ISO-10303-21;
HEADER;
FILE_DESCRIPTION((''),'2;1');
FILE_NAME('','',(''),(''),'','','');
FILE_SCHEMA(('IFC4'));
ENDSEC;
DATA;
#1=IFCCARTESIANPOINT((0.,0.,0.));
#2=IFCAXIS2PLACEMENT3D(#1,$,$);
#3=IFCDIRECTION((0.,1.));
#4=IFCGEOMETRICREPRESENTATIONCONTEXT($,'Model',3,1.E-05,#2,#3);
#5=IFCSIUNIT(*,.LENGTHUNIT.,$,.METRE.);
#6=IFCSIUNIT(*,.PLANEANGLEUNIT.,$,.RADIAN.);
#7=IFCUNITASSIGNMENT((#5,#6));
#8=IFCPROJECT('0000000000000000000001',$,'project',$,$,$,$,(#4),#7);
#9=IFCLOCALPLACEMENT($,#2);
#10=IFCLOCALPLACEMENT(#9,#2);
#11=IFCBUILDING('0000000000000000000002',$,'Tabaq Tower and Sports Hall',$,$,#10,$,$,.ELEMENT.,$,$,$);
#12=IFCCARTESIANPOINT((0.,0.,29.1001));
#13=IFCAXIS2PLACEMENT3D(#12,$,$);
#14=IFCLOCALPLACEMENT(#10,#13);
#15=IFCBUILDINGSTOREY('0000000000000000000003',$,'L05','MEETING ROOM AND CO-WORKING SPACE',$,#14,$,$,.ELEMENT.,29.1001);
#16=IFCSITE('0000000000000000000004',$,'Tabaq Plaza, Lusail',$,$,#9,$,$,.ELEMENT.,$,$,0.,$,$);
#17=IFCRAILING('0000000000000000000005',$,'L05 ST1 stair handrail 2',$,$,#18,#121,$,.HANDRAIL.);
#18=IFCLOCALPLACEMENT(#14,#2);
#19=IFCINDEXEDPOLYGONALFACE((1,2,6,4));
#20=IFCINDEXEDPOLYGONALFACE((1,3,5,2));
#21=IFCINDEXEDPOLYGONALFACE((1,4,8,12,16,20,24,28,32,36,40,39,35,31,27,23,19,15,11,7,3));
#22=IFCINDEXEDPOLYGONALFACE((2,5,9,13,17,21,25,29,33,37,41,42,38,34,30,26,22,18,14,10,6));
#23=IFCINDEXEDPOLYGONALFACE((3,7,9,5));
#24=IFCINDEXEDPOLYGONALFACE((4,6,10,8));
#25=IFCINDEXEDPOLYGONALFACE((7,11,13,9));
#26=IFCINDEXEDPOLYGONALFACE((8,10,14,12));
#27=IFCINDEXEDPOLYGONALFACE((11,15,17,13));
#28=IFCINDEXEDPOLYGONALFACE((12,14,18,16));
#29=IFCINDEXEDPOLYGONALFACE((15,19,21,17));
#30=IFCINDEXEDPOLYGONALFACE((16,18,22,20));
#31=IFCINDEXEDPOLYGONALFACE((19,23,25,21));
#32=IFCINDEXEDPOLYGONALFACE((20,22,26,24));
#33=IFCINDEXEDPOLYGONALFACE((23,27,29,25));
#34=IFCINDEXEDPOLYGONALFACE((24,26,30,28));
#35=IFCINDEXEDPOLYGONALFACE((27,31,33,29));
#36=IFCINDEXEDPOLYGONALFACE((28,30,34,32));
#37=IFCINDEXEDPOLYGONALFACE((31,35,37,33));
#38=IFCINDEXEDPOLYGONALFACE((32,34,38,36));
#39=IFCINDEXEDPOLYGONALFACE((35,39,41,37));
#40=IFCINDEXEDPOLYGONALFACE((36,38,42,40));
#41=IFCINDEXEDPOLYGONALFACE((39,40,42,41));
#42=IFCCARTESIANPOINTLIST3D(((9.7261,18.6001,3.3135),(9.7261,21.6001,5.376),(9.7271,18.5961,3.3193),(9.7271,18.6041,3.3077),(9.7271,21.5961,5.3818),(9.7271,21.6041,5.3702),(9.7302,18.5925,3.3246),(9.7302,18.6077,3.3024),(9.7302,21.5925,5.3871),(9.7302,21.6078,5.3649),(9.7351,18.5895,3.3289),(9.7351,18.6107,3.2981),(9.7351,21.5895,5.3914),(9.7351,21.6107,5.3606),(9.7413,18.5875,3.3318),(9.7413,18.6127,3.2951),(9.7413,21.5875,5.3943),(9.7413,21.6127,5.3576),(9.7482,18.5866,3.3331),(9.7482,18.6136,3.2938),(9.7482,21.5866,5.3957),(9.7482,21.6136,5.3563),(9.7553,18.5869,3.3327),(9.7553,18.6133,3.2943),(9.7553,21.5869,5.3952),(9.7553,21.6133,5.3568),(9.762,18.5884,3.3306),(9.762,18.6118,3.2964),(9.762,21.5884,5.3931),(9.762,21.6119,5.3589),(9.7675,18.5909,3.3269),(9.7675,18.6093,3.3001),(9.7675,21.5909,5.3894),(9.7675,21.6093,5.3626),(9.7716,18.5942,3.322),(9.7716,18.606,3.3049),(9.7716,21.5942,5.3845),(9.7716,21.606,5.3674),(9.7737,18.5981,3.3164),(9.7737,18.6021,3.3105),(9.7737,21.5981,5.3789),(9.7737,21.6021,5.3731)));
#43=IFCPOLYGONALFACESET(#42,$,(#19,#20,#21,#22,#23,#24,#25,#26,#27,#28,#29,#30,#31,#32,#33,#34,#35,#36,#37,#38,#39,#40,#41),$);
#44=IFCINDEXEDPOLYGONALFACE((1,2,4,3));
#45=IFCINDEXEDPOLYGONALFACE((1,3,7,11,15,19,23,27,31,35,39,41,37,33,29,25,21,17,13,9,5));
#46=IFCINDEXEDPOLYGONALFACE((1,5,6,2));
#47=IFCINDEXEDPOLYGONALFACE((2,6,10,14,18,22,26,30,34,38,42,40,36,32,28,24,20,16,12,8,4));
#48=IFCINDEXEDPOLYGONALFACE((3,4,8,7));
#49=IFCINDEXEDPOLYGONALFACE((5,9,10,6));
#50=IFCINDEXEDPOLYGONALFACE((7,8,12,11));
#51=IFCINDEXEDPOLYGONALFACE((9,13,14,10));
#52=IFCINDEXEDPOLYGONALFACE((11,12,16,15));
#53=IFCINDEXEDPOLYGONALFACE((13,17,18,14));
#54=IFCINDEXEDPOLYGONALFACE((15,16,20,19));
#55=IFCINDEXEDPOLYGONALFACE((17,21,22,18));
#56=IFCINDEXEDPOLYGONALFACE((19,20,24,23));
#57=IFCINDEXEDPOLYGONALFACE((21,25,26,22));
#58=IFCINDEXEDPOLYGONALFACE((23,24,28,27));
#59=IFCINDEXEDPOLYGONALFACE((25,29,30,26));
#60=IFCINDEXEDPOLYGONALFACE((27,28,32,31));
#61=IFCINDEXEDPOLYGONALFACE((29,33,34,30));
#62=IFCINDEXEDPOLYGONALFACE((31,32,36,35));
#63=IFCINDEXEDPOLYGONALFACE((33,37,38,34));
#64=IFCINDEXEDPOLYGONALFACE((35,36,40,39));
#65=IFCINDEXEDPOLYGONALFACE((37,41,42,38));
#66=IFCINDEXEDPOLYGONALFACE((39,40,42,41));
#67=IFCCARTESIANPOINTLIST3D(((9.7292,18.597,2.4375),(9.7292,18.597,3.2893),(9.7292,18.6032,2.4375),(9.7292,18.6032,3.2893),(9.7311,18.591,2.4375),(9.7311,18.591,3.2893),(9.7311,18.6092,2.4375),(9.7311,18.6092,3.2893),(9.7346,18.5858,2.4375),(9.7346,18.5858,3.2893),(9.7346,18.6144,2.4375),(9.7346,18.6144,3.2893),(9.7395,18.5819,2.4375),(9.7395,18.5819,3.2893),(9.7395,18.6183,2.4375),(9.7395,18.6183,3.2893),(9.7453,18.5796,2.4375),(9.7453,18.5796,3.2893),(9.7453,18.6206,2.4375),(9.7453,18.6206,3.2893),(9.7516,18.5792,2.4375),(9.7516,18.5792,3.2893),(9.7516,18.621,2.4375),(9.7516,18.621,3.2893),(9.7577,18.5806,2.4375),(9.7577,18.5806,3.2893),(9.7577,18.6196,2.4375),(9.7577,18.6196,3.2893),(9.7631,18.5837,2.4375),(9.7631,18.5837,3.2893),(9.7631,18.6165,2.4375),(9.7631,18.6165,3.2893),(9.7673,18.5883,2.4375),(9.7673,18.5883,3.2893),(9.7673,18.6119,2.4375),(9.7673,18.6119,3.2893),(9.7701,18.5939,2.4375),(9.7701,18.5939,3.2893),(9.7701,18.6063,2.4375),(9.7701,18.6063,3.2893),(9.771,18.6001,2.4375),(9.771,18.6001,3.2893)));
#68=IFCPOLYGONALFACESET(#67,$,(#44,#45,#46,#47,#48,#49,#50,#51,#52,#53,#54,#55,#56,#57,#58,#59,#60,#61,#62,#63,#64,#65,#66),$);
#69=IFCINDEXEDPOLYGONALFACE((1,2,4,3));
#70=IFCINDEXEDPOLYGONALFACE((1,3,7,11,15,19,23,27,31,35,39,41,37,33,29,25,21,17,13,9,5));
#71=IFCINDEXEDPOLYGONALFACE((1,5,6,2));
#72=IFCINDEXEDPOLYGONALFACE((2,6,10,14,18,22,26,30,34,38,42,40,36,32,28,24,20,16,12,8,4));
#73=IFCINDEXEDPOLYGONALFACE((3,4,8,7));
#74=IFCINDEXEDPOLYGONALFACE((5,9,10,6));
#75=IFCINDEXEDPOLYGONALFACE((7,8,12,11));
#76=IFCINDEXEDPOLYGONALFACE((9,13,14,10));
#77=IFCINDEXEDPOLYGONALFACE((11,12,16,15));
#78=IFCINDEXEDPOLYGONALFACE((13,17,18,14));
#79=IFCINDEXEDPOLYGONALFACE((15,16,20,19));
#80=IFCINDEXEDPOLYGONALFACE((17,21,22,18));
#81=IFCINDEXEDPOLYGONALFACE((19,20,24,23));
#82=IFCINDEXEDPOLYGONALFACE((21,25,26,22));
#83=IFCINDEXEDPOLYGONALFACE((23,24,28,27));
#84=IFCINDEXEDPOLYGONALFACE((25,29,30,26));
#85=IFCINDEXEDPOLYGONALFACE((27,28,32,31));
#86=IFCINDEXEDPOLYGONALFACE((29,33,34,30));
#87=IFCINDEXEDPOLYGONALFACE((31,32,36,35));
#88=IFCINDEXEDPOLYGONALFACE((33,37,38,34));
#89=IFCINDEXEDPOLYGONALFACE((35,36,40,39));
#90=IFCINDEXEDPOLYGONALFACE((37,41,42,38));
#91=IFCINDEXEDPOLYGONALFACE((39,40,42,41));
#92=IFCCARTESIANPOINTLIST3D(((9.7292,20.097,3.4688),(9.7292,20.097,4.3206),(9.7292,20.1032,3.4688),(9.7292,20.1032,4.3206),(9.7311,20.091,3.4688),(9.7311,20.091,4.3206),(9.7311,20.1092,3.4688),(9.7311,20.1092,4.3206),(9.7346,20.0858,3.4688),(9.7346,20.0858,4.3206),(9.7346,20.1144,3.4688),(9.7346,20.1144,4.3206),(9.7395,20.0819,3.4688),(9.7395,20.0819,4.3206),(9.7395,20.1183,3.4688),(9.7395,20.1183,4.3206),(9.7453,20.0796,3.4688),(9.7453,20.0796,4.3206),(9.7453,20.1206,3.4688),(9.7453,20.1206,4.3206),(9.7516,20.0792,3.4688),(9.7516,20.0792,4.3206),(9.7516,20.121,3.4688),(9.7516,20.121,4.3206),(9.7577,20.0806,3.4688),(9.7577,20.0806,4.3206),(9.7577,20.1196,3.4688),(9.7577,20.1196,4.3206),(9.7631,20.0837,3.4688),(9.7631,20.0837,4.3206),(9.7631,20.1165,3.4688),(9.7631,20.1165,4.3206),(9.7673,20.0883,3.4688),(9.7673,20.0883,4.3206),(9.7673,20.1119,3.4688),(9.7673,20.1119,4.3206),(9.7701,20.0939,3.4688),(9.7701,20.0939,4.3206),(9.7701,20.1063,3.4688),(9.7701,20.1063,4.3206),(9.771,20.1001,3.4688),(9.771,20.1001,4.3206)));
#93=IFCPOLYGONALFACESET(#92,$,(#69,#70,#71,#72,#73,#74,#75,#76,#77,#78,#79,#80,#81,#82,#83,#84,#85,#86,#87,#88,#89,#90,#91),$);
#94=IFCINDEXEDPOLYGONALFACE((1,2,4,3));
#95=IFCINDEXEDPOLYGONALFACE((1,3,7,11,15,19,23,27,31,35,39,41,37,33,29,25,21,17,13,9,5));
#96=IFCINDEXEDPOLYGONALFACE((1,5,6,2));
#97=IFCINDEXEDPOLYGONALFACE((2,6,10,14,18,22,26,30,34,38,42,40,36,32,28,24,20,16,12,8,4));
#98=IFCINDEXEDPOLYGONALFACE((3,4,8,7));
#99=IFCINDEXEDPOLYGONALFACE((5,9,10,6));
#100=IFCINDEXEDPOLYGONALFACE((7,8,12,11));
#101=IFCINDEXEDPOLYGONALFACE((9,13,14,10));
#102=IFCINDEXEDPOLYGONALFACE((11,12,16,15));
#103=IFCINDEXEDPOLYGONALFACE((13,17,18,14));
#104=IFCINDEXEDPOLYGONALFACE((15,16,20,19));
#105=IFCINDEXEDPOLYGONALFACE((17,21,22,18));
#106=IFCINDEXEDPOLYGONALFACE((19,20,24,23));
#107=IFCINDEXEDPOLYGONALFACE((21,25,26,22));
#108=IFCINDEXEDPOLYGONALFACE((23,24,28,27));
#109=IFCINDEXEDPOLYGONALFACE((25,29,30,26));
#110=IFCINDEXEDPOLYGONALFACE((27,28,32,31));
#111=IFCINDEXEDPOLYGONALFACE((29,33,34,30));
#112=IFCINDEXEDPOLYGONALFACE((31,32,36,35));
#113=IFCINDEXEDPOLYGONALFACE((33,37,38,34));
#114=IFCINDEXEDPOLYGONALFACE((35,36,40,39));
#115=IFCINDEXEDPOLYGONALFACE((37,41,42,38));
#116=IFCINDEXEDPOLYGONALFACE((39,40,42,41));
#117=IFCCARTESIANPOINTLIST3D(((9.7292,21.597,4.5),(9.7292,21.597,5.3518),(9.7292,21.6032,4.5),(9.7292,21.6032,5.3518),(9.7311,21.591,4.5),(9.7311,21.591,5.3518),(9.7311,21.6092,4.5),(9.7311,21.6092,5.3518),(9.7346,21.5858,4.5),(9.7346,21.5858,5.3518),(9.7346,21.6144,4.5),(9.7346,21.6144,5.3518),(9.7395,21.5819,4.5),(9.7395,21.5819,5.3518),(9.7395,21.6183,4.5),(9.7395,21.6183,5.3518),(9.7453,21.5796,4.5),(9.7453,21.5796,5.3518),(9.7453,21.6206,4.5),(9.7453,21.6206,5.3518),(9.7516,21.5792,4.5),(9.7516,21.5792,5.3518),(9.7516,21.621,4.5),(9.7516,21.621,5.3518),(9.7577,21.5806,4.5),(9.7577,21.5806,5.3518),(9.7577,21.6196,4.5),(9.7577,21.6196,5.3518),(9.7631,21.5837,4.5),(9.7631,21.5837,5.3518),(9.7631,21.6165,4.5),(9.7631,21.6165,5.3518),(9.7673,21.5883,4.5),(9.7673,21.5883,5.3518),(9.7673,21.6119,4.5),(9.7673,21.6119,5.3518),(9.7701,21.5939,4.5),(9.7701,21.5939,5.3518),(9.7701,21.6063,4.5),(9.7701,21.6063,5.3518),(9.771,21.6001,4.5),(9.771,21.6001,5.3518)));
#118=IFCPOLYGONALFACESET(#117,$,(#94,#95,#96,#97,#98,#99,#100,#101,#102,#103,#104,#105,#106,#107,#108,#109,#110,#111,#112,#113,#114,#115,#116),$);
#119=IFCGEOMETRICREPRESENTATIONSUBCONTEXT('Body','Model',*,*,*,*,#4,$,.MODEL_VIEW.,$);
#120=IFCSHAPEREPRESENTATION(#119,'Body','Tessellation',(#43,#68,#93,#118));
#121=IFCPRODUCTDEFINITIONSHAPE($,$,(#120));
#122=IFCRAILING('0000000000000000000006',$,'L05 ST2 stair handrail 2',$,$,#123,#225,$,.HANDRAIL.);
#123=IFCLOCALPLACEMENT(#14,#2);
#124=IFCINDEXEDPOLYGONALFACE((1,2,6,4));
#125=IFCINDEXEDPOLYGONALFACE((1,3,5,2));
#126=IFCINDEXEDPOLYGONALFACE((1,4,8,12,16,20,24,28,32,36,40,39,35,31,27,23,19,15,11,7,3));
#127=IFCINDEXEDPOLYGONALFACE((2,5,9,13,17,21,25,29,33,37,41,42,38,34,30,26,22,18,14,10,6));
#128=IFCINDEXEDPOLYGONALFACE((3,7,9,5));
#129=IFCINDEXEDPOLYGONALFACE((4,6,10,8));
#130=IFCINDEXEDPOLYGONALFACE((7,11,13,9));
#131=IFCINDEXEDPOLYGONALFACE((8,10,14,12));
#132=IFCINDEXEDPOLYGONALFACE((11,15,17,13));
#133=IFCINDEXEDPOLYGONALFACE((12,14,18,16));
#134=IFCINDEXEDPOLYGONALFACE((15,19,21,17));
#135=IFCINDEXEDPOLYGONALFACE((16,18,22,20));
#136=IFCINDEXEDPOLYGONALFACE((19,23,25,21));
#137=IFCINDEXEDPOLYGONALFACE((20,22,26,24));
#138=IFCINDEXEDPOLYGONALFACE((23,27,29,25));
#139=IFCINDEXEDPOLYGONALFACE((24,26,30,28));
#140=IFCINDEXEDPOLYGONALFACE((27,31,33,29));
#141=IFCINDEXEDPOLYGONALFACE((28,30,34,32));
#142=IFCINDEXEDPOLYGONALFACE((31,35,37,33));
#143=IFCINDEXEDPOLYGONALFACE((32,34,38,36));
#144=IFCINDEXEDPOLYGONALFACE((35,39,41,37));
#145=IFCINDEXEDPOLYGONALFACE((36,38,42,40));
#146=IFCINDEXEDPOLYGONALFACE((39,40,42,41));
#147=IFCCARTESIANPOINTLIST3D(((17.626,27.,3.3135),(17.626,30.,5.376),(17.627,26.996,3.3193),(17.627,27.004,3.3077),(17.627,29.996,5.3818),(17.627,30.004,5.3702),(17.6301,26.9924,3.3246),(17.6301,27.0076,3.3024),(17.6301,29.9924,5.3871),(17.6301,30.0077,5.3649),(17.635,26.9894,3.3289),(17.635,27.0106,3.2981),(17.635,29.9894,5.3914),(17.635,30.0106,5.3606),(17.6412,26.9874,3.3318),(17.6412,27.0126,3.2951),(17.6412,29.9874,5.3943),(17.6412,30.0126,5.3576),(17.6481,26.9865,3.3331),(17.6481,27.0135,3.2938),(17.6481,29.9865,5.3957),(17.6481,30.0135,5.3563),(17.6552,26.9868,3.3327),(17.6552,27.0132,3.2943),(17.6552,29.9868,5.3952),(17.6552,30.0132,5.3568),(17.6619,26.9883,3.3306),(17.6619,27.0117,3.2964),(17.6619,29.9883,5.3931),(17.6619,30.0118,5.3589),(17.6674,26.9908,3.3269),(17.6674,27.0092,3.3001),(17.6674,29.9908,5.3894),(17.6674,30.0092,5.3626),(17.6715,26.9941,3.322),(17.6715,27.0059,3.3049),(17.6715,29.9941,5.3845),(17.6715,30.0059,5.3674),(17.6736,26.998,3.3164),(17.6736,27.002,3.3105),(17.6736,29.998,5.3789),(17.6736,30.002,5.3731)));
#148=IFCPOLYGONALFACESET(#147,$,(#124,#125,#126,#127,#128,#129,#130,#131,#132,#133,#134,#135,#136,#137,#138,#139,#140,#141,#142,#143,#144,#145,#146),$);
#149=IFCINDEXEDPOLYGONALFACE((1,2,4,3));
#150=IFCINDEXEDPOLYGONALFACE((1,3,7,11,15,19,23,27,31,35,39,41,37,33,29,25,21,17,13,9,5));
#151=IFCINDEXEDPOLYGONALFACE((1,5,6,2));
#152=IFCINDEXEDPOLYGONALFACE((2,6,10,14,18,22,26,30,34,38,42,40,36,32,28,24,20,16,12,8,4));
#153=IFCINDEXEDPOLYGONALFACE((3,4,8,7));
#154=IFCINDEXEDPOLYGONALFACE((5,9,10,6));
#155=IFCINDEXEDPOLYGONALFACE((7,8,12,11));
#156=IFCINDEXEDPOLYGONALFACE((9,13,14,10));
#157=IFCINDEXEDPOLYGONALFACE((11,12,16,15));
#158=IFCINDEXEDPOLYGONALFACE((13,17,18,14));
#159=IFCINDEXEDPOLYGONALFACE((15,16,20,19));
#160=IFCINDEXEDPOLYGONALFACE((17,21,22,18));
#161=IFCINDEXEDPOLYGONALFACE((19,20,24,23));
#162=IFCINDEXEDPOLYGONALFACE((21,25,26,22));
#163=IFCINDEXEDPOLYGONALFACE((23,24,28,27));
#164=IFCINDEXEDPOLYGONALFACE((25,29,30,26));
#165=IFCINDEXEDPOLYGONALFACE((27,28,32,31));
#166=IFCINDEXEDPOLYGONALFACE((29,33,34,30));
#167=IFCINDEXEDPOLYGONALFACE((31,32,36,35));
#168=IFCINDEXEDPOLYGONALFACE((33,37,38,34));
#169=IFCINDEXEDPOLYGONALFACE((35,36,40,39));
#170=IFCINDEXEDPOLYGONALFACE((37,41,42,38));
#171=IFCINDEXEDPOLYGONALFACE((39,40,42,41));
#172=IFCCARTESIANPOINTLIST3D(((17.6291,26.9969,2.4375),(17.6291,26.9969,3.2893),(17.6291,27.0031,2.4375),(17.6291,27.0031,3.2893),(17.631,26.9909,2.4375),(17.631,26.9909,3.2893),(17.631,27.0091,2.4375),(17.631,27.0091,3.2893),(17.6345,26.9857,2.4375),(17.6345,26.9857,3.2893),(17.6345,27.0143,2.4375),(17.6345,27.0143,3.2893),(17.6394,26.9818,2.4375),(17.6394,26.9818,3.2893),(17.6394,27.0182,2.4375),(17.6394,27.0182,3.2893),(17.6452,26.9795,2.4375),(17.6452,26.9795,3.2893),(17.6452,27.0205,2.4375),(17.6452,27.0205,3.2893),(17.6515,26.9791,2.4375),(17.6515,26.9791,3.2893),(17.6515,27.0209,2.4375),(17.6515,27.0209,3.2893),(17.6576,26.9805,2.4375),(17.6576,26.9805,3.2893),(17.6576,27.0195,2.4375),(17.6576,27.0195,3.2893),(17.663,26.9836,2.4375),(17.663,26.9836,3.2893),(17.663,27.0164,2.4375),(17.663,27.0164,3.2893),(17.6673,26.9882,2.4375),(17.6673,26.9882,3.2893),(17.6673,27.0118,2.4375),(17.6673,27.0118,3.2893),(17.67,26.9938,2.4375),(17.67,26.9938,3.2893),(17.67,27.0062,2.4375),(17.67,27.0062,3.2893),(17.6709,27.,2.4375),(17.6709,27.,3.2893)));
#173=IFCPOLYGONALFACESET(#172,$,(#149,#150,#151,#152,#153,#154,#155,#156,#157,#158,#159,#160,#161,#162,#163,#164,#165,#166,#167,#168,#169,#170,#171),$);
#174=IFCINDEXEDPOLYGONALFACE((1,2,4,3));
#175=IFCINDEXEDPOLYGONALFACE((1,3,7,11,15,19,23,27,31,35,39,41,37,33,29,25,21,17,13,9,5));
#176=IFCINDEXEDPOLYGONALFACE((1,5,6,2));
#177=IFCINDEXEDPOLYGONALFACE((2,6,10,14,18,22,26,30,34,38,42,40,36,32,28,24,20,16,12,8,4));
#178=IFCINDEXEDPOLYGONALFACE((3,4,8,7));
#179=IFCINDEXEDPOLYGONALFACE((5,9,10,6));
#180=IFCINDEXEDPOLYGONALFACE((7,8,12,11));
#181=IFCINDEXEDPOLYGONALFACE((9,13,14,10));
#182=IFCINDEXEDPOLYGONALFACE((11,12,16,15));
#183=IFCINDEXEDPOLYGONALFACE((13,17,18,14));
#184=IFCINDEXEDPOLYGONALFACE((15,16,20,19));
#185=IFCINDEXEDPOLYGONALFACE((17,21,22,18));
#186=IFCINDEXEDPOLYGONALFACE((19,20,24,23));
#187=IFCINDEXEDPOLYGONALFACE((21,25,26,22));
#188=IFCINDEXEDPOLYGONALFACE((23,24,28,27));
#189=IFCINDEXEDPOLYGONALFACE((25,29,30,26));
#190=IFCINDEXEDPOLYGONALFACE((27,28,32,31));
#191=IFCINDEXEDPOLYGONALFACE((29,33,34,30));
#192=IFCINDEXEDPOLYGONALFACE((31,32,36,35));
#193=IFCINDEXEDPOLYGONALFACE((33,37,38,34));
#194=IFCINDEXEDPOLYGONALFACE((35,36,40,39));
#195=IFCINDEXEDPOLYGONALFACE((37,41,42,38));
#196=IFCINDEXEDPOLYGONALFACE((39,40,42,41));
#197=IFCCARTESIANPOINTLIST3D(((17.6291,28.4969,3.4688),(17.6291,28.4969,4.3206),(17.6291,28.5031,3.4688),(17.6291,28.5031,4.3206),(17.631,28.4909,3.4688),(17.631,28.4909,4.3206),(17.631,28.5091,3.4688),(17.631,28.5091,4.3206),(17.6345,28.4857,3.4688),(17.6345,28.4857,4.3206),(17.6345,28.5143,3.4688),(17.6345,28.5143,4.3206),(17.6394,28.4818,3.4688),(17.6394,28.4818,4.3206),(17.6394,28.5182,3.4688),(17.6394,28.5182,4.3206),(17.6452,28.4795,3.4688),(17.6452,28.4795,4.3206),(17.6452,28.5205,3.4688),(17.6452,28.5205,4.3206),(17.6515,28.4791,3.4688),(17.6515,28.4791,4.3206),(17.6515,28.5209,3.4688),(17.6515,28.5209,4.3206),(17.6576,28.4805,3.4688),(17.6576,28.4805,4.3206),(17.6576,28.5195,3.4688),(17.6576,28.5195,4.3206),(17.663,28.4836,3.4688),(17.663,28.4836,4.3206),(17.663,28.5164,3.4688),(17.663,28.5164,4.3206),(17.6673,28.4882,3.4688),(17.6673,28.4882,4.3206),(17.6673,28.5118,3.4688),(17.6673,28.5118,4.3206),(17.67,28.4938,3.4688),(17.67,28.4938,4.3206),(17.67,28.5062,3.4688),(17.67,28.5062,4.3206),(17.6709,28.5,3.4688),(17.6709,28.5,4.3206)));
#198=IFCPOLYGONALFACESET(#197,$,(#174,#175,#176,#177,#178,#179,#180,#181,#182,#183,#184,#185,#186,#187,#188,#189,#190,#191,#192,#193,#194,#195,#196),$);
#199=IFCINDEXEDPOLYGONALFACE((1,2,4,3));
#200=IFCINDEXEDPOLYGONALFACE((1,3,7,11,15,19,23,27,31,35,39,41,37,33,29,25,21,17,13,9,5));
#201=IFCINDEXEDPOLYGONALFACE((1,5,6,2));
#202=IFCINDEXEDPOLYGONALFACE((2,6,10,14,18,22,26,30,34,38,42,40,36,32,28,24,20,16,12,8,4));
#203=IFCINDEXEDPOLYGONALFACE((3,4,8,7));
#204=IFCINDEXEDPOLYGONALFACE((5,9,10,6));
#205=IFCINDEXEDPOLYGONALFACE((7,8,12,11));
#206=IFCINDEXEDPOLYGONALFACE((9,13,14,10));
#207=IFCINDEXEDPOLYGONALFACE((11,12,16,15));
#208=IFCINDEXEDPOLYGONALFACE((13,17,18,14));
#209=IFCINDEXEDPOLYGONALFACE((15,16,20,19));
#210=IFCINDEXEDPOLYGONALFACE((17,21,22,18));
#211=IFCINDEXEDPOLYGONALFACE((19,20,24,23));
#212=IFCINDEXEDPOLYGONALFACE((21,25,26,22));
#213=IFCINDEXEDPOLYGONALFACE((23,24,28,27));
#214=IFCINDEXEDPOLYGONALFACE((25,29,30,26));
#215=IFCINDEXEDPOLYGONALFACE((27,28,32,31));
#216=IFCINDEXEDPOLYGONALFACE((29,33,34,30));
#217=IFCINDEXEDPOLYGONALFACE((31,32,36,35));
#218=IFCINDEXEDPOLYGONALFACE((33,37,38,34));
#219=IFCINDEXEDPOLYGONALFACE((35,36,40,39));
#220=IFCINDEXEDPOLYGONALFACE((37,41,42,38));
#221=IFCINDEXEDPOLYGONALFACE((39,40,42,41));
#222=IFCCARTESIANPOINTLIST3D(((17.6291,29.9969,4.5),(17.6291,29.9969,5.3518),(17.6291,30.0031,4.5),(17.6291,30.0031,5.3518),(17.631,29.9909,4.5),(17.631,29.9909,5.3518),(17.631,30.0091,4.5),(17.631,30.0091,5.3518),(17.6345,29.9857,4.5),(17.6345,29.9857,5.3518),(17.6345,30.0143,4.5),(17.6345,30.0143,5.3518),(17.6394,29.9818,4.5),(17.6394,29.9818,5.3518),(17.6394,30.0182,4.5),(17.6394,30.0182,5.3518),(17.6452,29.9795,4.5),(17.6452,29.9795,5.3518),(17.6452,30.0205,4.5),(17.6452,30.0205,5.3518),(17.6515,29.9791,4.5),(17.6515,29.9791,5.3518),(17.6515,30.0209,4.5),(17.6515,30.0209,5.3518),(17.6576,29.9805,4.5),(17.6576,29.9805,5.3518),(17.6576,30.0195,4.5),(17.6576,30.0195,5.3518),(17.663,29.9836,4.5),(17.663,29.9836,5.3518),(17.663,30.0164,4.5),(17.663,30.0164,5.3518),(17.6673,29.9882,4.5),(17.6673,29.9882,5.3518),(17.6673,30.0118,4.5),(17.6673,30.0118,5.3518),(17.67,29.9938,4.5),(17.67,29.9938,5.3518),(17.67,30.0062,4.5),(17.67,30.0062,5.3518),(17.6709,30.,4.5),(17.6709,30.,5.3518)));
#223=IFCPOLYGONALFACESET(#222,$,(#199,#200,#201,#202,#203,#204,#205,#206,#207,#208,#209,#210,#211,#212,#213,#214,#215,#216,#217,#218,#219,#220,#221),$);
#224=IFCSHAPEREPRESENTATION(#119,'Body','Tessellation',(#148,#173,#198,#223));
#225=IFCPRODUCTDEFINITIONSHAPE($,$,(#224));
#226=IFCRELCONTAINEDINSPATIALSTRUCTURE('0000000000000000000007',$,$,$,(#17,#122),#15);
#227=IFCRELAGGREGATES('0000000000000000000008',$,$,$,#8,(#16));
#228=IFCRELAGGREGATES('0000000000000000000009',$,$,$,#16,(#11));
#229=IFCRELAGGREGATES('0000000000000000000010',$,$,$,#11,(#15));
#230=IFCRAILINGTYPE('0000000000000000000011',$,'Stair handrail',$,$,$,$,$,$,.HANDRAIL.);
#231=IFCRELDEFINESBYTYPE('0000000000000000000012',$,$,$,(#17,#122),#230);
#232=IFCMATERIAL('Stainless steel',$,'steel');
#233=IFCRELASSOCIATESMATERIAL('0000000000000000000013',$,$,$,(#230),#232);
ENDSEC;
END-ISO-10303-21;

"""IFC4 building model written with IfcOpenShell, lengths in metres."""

from ifc_helpers import new_model, si_unit, direction, frame, origin, origin_2d, place, context, subcontext, project, spatial, circle, extrude, material, type_object, element, save


model = new_model("IFC4")

# Units and contexts
model_context = context("Model", 3, precision=1e-05, world=origin(), true_north=direction((0.0, 1.0)))
body_context = subcontext(model_context, "Body", "Model", "MODEL_VIEW")
ifc_project = project(units=[si_unit("LENGTHUNIT", "METRE"), si_unit("PLANEANGLEUNIT", "RADIAN")], contexts=[model_context])

# Site, building, storey
site_placement = place(None, origin())
site = spatial("IfcSite", under=ifc_project, at=site_placement, Name="Tabaq Plaza, Lusail", CompositionType="ELEMENT", RefElevation=0.0)
building_placement = place(site_placement, origin())
building = spatial("IfcBuilding", under=site, at=building_placement, Name="Tabaq Tower and Sports Hall", CompositionType="ELEMENT")
storey_placement = place(building_placement, frame((0.0, 0.0, 29.1001)))
storey = spatial("IfcBuildingStorey", under=building, at=storey_placement, Name="L05", Description="MEETING ROOM AND CO-WORKING SPACE", CompositionType="ELEMENT", Elevation=29.1001)

# Railings
ifc_material_1 = material(Name="Stainless steel", Category="steel")
railing_type_1 = type_object("IfcRailingType", Name="Stair handrail", PredefinedType="HANDRAIL", material=ifc_material_1)
for number, where, name in (
    (1, (9.75, 18.6001, 2.4375), "L05 ST1 stair handrail 2"),
    (2, (17.6499, 27.0, 2.4375), "L05 ST2 stair handrail 2"),
):
    element("IfcRailing", number, at=place(storey_placement, frame(where)), inside=storey, type_object=railing_type_1, Name=name, PredefinedType="HANDRAIL", context=body_context, shape_type="SweptSolid", body=[
        extrude(circle(Radius=0.0239, at=origin_2d()), frame((0.0, 0.0, 0.876), z_axis=(0.0, 0.824042, 0.566529), x_axis=(-1.0, 0.0, 0.0)), (0.0, 0.0, 1.0), 3.6406),
        extrude(circle(Radius=0.021, at=origin_2d()), origin(), (0.0, 0.0, 1.0), 0.8518),
        extrude(circle(Radius=0.021, at=origin_2d()), frame((0.0, 1.5, 1.0312)), (0.0, 0.0, 1.0), 0.8518),
        extrude(circle(Radius=0.021, at=origin_2d()), frame((0.0, 3.0, 2.0625)), (0.0, 0.0, 1.0), 0.8518),
    ])

save(model, "model.ifc")
